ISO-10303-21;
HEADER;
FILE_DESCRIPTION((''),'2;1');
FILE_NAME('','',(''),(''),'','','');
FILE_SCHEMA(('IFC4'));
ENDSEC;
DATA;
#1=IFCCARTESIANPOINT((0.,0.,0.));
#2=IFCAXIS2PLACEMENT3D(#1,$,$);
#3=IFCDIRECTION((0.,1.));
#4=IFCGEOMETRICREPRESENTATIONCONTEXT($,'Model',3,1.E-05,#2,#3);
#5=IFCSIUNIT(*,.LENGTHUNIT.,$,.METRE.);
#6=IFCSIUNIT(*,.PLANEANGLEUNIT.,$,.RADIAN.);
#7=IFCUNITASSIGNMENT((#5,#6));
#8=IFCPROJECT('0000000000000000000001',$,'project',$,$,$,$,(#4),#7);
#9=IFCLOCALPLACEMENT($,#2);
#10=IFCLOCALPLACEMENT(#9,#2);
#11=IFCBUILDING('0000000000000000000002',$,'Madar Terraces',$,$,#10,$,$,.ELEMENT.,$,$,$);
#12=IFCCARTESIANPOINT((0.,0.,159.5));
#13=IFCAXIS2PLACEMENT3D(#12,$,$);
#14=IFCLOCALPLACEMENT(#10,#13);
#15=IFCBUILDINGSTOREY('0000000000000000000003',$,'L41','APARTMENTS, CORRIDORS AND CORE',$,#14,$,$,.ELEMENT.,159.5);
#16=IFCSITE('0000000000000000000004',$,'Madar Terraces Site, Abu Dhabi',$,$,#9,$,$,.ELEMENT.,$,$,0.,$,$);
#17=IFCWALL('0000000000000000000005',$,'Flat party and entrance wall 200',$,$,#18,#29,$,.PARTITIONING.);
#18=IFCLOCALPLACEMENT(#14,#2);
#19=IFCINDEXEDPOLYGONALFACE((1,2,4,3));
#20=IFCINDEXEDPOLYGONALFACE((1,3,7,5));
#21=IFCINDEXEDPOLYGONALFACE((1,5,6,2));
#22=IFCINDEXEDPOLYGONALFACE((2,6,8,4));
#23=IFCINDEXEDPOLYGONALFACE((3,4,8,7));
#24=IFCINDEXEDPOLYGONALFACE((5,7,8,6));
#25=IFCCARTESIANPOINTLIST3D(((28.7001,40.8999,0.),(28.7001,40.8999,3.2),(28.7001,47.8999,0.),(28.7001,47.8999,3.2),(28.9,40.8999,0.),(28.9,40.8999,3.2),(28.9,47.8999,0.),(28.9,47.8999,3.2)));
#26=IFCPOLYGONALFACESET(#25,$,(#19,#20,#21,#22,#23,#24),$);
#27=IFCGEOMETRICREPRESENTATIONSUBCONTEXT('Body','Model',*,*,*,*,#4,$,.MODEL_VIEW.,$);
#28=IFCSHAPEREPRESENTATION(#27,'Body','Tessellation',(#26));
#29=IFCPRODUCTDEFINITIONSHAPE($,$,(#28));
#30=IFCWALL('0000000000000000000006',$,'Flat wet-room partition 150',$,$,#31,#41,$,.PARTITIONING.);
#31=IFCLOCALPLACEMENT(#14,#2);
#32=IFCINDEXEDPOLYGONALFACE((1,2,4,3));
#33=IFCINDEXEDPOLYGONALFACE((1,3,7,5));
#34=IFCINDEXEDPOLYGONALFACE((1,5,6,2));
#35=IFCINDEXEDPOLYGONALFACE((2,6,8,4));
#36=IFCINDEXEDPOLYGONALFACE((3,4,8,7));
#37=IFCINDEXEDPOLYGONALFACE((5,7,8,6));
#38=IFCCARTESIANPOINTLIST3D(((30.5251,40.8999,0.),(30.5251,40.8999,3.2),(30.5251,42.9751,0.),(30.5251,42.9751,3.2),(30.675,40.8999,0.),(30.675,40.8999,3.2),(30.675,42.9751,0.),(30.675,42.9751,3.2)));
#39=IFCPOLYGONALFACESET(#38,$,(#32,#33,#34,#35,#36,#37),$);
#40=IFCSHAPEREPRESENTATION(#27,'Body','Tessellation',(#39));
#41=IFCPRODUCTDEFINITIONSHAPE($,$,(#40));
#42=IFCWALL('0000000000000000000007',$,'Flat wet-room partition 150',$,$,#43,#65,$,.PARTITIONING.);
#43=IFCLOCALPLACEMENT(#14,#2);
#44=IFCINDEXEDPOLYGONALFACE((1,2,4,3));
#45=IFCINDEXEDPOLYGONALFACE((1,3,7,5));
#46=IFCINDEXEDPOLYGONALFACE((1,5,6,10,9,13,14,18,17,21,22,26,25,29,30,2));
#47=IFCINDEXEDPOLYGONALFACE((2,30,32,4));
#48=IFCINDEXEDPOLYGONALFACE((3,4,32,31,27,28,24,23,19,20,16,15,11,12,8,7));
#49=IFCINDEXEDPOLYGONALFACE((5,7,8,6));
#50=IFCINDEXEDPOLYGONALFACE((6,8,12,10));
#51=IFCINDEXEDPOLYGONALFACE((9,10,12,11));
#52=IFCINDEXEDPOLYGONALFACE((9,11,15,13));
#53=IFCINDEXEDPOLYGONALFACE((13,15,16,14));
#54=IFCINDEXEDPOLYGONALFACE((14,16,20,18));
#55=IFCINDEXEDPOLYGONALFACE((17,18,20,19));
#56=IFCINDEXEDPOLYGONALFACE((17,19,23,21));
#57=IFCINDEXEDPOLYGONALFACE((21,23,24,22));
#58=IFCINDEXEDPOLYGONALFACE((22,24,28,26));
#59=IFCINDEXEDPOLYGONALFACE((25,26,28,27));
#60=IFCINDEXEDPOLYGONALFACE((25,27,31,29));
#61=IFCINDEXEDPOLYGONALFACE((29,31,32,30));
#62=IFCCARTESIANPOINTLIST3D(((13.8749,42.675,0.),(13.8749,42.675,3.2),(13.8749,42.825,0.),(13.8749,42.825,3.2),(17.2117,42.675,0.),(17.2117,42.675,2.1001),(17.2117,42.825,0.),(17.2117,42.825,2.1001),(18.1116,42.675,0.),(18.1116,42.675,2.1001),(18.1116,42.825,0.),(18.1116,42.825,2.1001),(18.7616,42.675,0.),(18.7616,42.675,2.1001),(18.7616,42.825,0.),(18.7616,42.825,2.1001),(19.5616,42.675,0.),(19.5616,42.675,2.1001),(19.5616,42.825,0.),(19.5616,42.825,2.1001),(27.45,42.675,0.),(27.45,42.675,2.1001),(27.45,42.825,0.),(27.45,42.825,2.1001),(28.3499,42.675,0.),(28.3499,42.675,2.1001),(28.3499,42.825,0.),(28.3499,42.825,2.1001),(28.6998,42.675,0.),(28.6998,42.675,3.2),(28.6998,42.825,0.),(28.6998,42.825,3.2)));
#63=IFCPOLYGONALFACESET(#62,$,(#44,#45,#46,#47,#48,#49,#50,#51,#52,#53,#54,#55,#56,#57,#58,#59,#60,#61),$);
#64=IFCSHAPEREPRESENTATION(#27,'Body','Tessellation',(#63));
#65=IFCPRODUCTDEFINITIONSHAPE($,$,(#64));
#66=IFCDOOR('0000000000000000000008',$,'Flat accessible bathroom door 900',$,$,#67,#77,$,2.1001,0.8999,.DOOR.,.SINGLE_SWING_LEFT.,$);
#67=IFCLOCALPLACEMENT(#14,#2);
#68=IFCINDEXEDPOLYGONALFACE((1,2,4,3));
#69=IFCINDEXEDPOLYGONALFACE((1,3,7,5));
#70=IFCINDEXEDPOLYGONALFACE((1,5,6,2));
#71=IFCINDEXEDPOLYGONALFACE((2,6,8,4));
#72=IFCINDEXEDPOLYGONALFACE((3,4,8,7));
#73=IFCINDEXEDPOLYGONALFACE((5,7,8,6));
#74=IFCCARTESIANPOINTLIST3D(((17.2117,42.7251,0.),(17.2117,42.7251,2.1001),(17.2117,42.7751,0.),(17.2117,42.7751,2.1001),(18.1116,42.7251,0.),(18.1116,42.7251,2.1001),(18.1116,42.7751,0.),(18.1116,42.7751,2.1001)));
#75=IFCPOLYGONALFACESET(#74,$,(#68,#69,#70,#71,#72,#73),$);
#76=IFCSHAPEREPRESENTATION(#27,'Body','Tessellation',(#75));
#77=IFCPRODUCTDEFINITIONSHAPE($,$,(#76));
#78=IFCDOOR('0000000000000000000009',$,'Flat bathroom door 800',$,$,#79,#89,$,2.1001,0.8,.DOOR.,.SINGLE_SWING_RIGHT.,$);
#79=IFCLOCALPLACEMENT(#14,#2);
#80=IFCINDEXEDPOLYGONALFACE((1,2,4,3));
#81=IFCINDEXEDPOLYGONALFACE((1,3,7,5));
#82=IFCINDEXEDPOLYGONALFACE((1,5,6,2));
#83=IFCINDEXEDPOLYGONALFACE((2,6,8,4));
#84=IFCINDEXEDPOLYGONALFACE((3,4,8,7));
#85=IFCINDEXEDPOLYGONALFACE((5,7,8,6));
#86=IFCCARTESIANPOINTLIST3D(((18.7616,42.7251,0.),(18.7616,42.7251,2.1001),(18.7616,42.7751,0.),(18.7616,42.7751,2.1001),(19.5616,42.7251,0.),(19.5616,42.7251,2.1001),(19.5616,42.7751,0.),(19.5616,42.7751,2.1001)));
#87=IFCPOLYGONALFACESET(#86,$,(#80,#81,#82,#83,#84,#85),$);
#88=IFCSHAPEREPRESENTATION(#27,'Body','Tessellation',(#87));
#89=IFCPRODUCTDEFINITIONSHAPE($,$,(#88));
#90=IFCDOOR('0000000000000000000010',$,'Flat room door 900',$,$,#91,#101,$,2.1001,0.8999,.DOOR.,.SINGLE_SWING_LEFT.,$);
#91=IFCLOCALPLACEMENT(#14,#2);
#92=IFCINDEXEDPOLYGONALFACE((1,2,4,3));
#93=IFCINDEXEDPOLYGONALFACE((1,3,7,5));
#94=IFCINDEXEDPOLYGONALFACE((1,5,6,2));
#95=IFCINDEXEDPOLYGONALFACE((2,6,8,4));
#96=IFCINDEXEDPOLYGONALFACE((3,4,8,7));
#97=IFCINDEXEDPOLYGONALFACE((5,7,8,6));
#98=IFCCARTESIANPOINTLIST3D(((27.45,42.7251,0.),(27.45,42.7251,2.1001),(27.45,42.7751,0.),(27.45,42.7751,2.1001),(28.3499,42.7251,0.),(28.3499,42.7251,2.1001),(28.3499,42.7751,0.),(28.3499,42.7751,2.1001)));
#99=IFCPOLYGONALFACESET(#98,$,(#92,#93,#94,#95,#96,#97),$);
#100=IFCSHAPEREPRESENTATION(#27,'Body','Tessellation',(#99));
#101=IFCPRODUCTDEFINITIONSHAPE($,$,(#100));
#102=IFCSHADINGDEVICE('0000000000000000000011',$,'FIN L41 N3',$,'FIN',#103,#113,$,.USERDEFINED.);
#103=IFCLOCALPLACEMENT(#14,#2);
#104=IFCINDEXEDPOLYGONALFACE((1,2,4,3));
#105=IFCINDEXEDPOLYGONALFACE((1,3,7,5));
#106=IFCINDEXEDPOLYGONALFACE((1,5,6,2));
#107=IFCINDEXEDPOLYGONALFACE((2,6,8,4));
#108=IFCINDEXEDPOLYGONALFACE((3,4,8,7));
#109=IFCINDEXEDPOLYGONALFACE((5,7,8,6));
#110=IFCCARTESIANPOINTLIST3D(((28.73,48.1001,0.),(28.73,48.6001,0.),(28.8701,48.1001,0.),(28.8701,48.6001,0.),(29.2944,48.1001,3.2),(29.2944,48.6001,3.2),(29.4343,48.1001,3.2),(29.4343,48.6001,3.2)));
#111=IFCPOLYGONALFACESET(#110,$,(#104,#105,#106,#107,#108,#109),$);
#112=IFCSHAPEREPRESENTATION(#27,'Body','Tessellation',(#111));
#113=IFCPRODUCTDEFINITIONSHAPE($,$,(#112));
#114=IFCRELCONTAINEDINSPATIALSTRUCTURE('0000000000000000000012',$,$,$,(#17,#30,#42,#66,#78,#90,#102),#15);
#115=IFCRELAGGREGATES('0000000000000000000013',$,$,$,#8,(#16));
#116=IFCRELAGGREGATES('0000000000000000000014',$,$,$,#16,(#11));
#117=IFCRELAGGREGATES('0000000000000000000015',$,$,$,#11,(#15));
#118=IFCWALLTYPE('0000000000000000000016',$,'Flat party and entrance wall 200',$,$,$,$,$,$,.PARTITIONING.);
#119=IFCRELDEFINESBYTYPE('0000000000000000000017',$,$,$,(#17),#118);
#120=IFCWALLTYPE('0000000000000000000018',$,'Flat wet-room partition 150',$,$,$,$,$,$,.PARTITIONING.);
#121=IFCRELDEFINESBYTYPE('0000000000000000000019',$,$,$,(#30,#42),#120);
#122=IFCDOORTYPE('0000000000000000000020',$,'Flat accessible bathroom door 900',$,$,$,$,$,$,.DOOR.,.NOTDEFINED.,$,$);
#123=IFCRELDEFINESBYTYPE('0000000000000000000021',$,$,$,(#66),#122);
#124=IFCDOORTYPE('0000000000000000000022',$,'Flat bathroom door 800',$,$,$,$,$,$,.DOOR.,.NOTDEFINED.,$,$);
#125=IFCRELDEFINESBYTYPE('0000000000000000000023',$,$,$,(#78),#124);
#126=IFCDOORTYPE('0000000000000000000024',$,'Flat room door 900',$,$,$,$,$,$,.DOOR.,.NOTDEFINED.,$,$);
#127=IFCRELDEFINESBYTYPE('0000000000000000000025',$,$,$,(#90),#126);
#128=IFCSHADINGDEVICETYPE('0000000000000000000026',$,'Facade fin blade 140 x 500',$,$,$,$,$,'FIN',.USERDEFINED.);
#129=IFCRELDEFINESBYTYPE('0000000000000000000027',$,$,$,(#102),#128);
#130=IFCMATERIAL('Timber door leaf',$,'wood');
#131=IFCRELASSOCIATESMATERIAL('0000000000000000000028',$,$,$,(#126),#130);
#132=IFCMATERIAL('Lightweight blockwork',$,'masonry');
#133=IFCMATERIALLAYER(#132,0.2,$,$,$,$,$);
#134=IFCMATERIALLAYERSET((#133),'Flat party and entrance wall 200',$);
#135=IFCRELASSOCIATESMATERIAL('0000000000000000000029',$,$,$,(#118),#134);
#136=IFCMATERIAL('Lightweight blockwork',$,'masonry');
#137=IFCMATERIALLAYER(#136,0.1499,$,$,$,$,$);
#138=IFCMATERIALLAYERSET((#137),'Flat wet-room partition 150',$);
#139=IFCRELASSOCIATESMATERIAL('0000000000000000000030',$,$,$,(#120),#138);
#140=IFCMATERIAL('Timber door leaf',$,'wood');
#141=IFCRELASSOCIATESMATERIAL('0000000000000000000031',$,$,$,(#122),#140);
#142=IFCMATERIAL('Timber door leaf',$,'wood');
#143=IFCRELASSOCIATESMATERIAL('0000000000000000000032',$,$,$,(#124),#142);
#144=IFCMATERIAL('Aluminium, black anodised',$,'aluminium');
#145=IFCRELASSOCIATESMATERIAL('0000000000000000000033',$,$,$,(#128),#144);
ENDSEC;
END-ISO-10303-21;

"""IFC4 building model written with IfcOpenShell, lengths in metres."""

from ifc_helpers import new_model, si_unit, direction, frame, frame_2d, origin, place, context, subcontext, project, spatial, polyline, rectangle, outline, extrude, material, layer, layer_set, type_object, element, fill, save


model = new_model("IFC4")

# Units and contexts
model_context = context("Model", 3, precision=1e-05, world=origin(), true_north=direction((0.0, 1.0)))
body_context = subcontext(model_context, "Body", "Model", "MODEL_VIEW")
ifc_project = project(units=[si_unit("LENGTHUNIT", "METRE"), si_unit("PLANEANGLEUNIT", "RADIAN")], contexts=[model_context])

# Site, building, storey
site_placement = place(None, origin())
site = spatial("IfcSite", under=ifc_project, at=site_placement, Name="Madar Terraces Site, Abu Dhabi", CompositionType="ELEMENT", RefElevation=0.0)
building_placement = place(site_placement, origin())
building = spatial("IfcBuilding", under=site, at=building_placement, Name="Madar Terraces", CompositionType="ELEMENT")
storey_placement = place(building_placement, frame((0.0, 0.0, 159.5)))
storey = spatial("IfcBuildingStorey", under=building, at=storey_placement, Name="L41", Description="APARTMENTS, CORRIDORS AND CORE", CompositionType="ELEMENT", Elevation=159.5)

# Shared definitions
ifc_material_1 = material(Name="Timber door leaf", Category="wood")
door_type_1 = type_object("IfcDoorType", Name="Flat room door 900", OperationType="NOTDEFINED", PredefinedType="DOOR", material=ifc_material_1)

# Walls
ifc_material_2 = material(Name="Lightweight blockwork", Category="masonry")
ifc_layer_1 = layer(ifc_material_2, 0.2)
ifc_layer_set_1 = layer_set([ifc_layer_1], Name="Flat party and entrance wall 200")
wall_type_1 = type_object("IfcWallType", Name="Flat party and entrance wall 200", PredefinedType="PARTITIONING", material=ifc_layer_set_1)
wall_1_placement = place(storey_placement, frame((28.8, 47.8999, 0.0), z_axis=(0.0, 0.0, 1.0), x_axis=(0.0, -1.0, 0.0)))
element("IfcWall", 1, at=wall_1_placement, inside=storey, type_object=wall_type_1, Name="Flat party and entrance wall 200", PredefinedType="PARTITIONING", context=body_context, shape_type="SweptSolid", body=[
    extrude(rectangle(XDim=7.0, YDim=0.2, at=frame_2d((3.5, 0.0))), origin(), (0.0, 0.0, 1.0), 3.2),
])
ifc_material_3 = material(Name="Lightweight blockwork", Category="masonry")
ifc_layer_2 = layer(ifc_material_3, 0.1499)
ifc_layer_set_2 = layer_set([ifc_layer_2], Name="Flat wet-room partition 150")
wall_type_2 = type_object("IfcWallType", Name="Flat wet-room partition 150", PredefinedType="PARTITIONING", material=ifc_layer_set_2)
wall_2_placement = place(storey_placement, frame((30.6001, 40.8999, 0.0), z_axis=(0.0, 0.0, 1.0), x_axis=(0.0, 1.0, 0.0)))
element("IfcWall", 2, at=wall_2_placement, inside=storey, type_object=wall_type_2, Name="Flat wet-room partition 150", PredefinedType="PARTITIONING", context=body_context, shape_type="SweptSolid", body=[
    extrude(rectangle(XDim=2.0752, YDim=0.1499, at=frame_2d((1.0376, 0.0))), origin(), (0.0, 0.0, 1.0), 3.2),
])

# Wall, openings, doors
wall_3_placement = place(storey_placement, frame((28.7, 42.75, 0.0), z_axis=(0.0, 0.0, 1.0), x_axis=(-1.0, 0.0, 0.0)))
wall_3 = element("IfcWall", 3, at=wall_3_placement, inside=storey, type_object=wall_type_2, Name="Flat wet-room partition 150", PredefinedType="PARTITIONING", context=body_context, shape_type="SweptSolid", body=[
    extrude(rectangle(XDim=14.825, YDim=0.1499, at=frame_2d((7.4126, 0.0))), origin(), (0.0, 0.0, 1.0), 3.2),
])
opening_1_placement = place(wall_3_placement, frame((10.5884, 0.0, 0.0)))
opening_1 = element("IfcOpeningElement", 4, at=opening_1_placement, cuts=wall_3, PredefinedType="OPENING", context=body_context, shape_type="SweptSolid", body=[
    extrude(rectangle(XDim=0.8999, YDim=2.1001, at=frame_2d((0.45, 1.05))), frame((0.0, 0.085, 0.0), z_axis=(0.0, -1.0, 0.0), x_axis=(1.0, 0.0, 0.0)), (0.0, 0.0, 1.0), 0.1699),
])
opening_2_placement = place(wall_3_placement, frame((9.1384, 0.0, 0.0)))
opening_2 = element("IfcOpeningElement", 5, at=opening_2_placement, cuts=wall_3, PredefinedType="OPENING", context=body_context, shape_type="SweptSolid", body=[
    extrude(rectangle(XDim=0.8, YDim=2.1001, at=frame_2d((0.3999, 1.05))), frame((0.0, 0.085, 0.0), z_axis=(0.0, -1.0, 0.0), x_axis=(1.0, 0.0, 0.0)), (0.0, 0.0, 1.0), 0.1699),
])
opening_3_placement = place(wall_3_placement, frame((0.3501, 0.0, 0.0)))
opening_3 = element("IfcOpeningElement", 6, at=opening_3_placement, cuts=wall_3, PredefinedType="OPENING", context=body_context, shape_type="SweptSolid", body=[
    extrude(rectangle(XDim=0.8999, YDim=2.1001, at=frame_2d((0.45, 1.05))), frame((0.0, 0.085, 0.0), z_axis=(0.0, -1.0, 0.0), x_axis=(1.0, 0.0, 0.0)), (0.0, 0.0, 1.0), 0.1699),
])
ifc_material_4 = material(Name="Timber door leaf", Category="wood")
door_type_2 = type_object("IfcDoorType", Name="Flat accessible bathroom door 900", OperationType="NOTDEFINED", PredefinedType="DOOR", material=ifc_material_4)
door_1_placement = place(opening_1_placement, origin())
door_1 = element("IfcDoor", 7, at=door_1_placement, inside=storey, type_object=door_type_2, Name="Flat accessible bathroom door 900", OperationType="SINGLE_SWING_LEFT", OverallHeight=2.1001, OverallWidth=0.8999, PredefinedType="DOOR", context=body_context, shape_type="SweptSolid", body=[
    extrude(rectangle(XDim=0.8999, YDim=2.1001, at=frame_2d((0.45, 1.05))), frame((0.0, 0.0249, 0.0), z_axis=(0.0, -1.0, 0.0), x_axis=(1.0, 0.0, 0.0)), (0.0, 0.0, 1.0), 0.05),
])
fill(opening_1, door_1)
ifc_material_5 = material(Name="Timber door leaf", Category="wood")
door_type_3 = type_object("IfcDoorType", Name="Flat bathroom door 800", OperationType="NOTDEFINED", PredefinedType="DOOR", material=ifc_material_5)
door_2_placement = place(opening_2_placement, origin())
door_2 = element("IfcDoor", 8, at=door_2_placement, inside=storey, type_object=door_type_3, Name="Flat bathroom door 800", OperationType="SINGLE_SWING_RIGHT", OverallHeight=2.1001, OverallWidth=0.8, PredefinedType="DOOR", context=body_context, shape_type="SweptSolid", body=[
    extrude(rectangle(XDim=0.8, YDim=2.1001, at=frame_2d((0.3999, 1.05))), frame((0.0, 0.0249, 0.0), z_axis=(0.0, -1.0, 0.0), x_axis=(1.0, 0.0, 0.0)), (0.0, 0.0, 1.0), 0.05),
])
fill(opening_2, door_2)
door_3_placement = place(opening_3_placement, origin())
door_3 = element("IfcDoor", 9, at=door_3_placement, inside=storey, type_object=door_type_1, Name="Flat room door 900", OperationType="SINGLE_SWING_LEFT", OverallHeight=2.1001, OverallWidth=0.8999, PredefinedType="DOOR", context=body_context, shape_type="SweptSolid", body=[
    extrude(rectangle(XDim=0.8999, YDim=2.1001, at=frame_2d((0.45, 1.05))), frame((0.0, 0.0249, 0.0), z_axis=(0.0, -1.0, 0.0), x_axis=(1.0, 0.0, 0.0)), (0.0, 0.0, 1.0), 0.05),
])
fill(opening_3, door_3)

# Shading device
ifc_material_6 = material(Name="Aluminium, black anodised", Category="aluminium")
shading_device_type = type_object("IfcShadingDeviceType", Name="Facade fin blade 140 x 500", ElementType="FIN", PredefinedType="USERDEFINED", material=ifc_material_6)
shading_device_placement = place(storey_placement, frame((28.8701, 48.3501, 0.0), z_axis=(0.0, 0.0, 1.0), x_axis=(-1.0, 0.0, 0.0)))
element("IfcShadingDevice", 10, at=shading_device_placement, inside=storey, type_object=shading_device_type, Name="FIN L41 N3", ObjectType="FIN", PredefinedType="USERDEFINED", context=body_context, shape_type="SweptSolid", body=[
    extrude(outline(polyline([(0.0, 0.0), (0.1401, 0.0), (-0.4243, 3.2), (-0.5642, 3.2), (0.0, 0.0)])), frame((0.0, 0.25, 0.0), z_axis=(0.0, -1.0, 0.0), x_axis=(1.0, 0.0, 0.0)), (0.0, 0.0, 1.0), 0.5),
])

save(model, "model.ifc")
